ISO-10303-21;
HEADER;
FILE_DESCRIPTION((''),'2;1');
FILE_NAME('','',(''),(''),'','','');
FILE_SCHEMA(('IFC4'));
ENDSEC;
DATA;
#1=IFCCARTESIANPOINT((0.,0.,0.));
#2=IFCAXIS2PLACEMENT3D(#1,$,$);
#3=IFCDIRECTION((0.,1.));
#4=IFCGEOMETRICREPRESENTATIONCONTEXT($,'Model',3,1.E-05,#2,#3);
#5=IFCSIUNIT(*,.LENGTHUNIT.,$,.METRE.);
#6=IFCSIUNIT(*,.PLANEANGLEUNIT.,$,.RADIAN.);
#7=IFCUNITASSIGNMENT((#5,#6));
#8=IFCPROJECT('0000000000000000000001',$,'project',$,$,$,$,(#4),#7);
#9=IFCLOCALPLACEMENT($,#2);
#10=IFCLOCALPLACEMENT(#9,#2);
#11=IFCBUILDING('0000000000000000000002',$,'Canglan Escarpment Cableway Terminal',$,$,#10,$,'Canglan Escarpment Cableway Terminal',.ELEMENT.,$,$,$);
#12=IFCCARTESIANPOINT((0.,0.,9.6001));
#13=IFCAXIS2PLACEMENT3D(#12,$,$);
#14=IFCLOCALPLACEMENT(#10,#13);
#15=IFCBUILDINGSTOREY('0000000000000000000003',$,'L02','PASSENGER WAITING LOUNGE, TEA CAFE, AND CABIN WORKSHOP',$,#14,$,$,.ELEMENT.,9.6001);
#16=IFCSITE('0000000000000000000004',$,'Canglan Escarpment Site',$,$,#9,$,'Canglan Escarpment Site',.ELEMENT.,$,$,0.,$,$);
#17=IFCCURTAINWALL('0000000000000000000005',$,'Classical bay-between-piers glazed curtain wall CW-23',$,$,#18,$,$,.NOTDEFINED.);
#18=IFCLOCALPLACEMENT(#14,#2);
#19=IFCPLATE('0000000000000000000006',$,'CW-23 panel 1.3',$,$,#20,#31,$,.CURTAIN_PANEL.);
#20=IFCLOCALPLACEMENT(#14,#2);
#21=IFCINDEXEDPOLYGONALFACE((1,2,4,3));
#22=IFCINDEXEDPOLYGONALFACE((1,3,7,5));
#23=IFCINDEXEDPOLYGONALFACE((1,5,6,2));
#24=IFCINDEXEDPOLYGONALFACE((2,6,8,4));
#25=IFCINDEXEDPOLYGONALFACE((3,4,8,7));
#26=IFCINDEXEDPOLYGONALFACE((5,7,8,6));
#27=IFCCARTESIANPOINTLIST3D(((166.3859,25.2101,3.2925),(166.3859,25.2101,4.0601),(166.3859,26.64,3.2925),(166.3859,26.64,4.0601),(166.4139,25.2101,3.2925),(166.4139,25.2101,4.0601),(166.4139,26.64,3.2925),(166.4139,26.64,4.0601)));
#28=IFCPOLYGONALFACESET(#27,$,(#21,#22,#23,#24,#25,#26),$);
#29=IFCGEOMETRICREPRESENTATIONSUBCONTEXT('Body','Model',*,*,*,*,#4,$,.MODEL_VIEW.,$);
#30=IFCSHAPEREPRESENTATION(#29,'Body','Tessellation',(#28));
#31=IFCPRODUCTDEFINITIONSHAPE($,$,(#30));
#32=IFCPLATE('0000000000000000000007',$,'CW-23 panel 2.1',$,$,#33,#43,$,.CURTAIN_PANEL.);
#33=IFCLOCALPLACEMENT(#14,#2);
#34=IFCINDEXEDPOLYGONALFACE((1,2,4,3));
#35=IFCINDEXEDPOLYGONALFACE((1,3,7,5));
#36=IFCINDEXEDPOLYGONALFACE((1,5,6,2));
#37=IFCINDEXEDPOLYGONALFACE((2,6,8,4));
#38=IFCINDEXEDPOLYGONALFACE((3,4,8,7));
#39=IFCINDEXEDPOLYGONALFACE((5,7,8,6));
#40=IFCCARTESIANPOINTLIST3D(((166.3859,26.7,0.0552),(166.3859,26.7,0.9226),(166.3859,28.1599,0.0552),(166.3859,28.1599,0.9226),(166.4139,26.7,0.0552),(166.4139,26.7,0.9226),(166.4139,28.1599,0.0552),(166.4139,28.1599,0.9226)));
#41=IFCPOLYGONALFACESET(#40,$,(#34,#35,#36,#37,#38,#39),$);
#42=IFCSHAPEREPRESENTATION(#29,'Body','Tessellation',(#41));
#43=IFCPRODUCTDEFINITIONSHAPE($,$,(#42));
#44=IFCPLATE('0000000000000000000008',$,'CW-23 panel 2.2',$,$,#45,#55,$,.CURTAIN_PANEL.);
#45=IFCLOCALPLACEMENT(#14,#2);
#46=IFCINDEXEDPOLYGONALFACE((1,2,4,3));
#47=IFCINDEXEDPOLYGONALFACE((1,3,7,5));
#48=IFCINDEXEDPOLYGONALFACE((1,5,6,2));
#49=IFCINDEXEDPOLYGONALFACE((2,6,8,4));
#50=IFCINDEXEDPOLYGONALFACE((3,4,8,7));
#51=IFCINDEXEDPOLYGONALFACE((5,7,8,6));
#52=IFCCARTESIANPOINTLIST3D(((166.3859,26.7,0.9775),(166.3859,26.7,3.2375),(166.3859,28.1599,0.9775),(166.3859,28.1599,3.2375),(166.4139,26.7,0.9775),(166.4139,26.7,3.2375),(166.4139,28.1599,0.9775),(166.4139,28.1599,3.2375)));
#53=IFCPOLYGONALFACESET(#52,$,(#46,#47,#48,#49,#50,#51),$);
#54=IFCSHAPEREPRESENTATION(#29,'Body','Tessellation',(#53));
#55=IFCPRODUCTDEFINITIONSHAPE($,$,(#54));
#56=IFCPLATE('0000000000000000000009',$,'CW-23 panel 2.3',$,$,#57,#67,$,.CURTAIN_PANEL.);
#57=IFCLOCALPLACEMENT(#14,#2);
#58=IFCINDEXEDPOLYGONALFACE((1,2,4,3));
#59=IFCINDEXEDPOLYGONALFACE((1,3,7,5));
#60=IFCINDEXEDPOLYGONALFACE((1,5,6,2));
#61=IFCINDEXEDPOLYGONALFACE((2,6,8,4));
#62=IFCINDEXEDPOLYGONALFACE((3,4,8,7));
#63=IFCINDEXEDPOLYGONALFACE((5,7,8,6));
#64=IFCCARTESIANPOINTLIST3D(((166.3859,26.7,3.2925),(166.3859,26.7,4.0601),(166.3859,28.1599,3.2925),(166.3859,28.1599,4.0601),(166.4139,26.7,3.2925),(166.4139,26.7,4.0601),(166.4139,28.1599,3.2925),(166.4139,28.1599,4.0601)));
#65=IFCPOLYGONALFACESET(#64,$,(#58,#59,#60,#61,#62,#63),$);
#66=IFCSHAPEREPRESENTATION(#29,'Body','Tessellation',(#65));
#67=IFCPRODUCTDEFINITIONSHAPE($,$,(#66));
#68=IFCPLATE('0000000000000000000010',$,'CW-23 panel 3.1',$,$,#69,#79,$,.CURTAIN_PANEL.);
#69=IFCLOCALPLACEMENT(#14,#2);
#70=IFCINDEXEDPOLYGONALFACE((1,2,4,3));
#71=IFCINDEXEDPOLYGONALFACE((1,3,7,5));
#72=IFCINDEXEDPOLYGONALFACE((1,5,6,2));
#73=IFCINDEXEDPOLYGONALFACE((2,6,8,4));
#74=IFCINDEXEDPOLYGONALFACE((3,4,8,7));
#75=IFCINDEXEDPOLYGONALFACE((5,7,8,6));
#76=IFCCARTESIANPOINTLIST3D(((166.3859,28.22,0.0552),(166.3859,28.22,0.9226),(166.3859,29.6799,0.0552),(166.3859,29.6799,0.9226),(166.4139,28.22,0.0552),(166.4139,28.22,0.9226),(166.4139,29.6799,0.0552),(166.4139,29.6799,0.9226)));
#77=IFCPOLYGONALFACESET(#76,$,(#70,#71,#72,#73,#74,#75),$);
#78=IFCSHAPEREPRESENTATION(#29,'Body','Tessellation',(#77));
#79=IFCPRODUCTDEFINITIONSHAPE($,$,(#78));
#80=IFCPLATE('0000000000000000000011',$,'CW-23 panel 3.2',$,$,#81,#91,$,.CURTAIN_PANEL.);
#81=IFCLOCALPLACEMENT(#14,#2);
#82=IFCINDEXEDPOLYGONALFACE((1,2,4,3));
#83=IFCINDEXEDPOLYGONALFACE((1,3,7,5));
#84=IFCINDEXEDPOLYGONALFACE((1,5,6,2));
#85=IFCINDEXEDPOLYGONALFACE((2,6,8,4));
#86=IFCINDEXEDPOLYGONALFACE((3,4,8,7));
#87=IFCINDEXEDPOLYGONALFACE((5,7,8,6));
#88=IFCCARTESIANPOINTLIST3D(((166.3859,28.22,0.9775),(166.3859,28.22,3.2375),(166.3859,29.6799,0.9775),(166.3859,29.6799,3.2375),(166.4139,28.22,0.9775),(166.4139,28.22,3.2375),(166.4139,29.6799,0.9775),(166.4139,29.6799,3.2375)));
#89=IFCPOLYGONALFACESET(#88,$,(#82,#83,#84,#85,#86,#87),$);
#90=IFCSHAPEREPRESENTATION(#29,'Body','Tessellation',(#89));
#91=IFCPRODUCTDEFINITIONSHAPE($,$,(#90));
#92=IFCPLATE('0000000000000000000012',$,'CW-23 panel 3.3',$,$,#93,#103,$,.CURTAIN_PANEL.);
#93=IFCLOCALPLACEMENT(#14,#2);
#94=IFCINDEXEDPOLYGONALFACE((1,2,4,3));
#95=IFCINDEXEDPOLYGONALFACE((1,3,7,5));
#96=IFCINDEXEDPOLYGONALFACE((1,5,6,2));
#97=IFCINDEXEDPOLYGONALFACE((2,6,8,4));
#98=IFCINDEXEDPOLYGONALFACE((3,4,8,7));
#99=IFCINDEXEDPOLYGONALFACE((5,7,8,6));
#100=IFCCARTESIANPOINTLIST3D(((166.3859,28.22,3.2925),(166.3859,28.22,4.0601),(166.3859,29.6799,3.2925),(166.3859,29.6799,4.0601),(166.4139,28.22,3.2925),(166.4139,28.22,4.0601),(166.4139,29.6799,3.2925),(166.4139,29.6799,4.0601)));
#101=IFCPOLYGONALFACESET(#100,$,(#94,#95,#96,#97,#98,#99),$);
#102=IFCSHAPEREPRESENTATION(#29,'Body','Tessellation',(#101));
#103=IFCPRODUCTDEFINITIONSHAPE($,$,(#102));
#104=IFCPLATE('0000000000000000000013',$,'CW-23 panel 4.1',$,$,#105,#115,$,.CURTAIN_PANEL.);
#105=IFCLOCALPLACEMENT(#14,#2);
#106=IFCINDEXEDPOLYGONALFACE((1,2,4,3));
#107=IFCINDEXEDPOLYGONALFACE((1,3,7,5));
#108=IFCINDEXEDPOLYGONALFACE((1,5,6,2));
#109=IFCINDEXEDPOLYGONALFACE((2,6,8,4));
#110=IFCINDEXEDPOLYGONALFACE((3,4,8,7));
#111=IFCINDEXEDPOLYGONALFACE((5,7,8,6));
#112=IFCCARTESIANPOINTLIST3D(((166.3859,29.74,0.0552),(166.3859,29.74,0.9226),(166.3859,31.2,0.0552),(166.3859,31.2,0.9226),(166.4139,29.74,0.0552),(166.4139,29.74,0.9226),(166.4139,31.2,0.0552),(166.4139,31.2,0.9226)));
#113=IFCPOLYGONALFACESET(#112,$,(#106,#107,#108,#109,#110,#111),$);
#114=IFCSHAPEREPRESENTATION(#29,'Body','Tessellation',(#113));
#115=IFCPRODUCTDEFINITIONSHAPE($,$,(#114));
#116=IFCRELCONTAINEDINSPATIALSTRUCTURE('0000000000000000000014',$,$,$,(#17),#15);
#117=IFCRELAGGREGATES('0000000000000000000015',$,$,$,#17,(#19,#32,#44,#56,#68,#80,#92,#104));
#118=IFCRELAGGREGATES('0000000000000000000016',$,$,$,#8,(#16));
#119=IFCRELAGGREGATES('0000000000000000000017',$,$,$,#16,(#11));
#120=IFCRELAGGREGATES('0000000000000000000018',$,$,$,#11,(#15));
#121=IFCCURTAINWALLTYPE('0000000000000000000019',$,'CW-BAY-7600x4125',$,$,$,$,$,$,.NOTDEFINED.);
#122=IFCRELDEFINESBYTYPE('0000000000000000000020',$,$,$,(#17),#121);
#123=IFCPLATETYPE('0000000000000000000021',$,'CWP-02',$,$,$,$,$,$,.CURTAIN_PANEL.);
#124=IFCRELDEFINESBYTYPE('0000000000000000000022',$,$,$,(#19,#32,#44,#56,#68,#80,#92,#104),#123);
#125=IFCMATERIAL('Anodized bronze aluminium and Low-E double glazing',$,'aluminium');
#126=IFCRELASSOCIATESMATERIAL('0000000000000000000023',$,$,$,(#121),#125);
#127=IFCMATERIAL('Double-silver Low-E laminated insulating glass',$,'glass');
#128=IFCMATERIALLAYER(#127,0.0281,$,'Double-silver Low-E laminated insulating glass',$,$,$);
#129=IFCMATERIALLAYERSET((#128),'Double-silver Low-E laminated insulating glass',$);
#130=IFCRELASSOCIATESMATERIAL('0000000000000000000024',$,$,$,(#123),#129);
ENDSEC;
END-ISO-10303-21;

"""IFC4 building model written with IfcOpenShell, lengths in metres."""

from ifc_helpers import new_model, si_unit, direction, frame, origin, origin_2d, place, context, subcontext, project, spatial, rectangle, extrude, material, layer, layer_set, type_object, element, aggregate, save


model = new_model("IFC4")

# Units and contexts
model_context = context("Model", 3, precision=1e-05, world=origin(), true_north=direction((0.0, 1.0)))
body_context = subcontext(model_context, "Body", "Model", "MODEL_VIEW")
ifc_project = project(units=[si_unit("LENGTHUNIT", "METRE"), si_unit("PLANEANGLEUNIT", "RADIAN")], contexts=[model_context])

# Site, building, storey
site_placement = place(None, origin())
site = spatial("IfcSite", under=ifc_project, at=site_placement, Name="Canglan Escarpment Site", LongName="Canglan Escarpment Site", CompositionType="ELEMENT", RefElevation=0.0)
building_placement = place(site_placement, origin())
building = spatial("IfcBuilding", under=site, at=building_placement, Name="Canglan Escarpment Cableway Terminal", LongName="Canglan Escarpment Cableway Terminal", CompositionType="ELEMENT")
storey_placement = place(building_placement, frame((0.0, 0.0, 9.6001)))
storey = spatial("IfcBuildingStorey", under=building, at=storey_placement, Name="L02", Description="PASSENGER WAITING LOUNGE, TEA CAFE, AND CABIN WORKSHOP", CompositionType="ELEMENT", Elevation=9.6001)

# Curtain wall
ifc_material_1 = material(Name="Anodized bronze aluminium and Low-E double glazing", Category="aluminium")
curtain_wall_type = type_object("IfcCurtainWallType", Name="CW-BAY-7600x4125", PredefinedType="NOTDEFINED", material=ifc_material_1)
curtain_wall_placement = place(storey_placement, origin())
curtain_wall = element("IfcCurtainWall", 1, at=curtain_wall_placement, inside=storey, type_object=curtain_wall_type, Name="Classical bay-between-piers glazed curtain wall CW-23", PredefinedType="NOTDEFINED")

# Plates
ifc_material_2 = material(Name="Double-silver Low-E laminated insulating glass", Category="glass")
ifc_layer = layer(ifc_material_2, 0.0281, Name="Double-silver Low-E laminated insulating glass")
ifc_layer_set = layer_set([ifc_layer], Name="Double-silver Low-E laminated insulating glass")
plate_type = type_object("IfcPlateType", Name="CWP-02", PredefinedType="CURTAIN_PANEL", material=ifc_layer_set)
plate_1_placement = place(storey_placement, frame((166.3999, 25.925, 3.2925), z_axis=(0.0, 0.0, 1.0), x_axis=(0.0, 1.0, 0.0)))
plate_1 = element("IfcPlate", 2, at=plate_1_placement, type_object=plate_type, Name="CW-23 panel 1.3", PredefinedType="CURTAIN_PANEL", context=body_context, shape_type="SweptSolid", body=[
    extrude(rectangle(XDim=1.4299, YDim=0.0281, at=origin_2d()), origin(), (0.0, 0.0, 1.0), 0.7676),
])
plate_2_placement = place(storey_placement, frame((166.3999, 27.4299, 0.0552), z_axis=(0.0, 0.0, 1.0), x_axis=(0.0, 1.0, 0.0)))
plate_2 = element("IfcPlate", 3, at=plate_2_placement, type_object=plate_type, Name="CW-23 panel 2.1", PredefinedType="CURTAIN_PANEL", context=body_context, shape_type="SweptSolid", body=[
    extrude(rectangle(XDim=1.46, YDim=0.0281, at=origin_2d()), origin(), (0.0, 0.0, 1.0), 0.8674),
])
plate_3_placement = place(storey_placement, frame((166.3999, 27.4299, 0.9775), z_axis=(0.0, 0.0, 1.0), x_axis=(0.0, 1.0, 0.0)))
plate_3 = element("IfcPlate", 4, at=plate_3_placement, type_object=plate_type, Name="CW-23 panel 2.2", PredefinedType="CURTAIN_PANEL", context=body_context, shape_type="SweptSolid", body=[
    extrude(rectangle(XDim=1.46, YDim=0.0281, at=origin_2d()), origin(), (0.0, 0.0, 1.0), 2.26),
])
plate_4_placement = place(storey_placement, frame((166.3999, 27.4299, 3.2925), z_axis=(0.0, 0.0, 1.0), x_axis=(0.0, 1.0, 0.0)))
plate_4 = element("IfcPlate", 5, at=plate_4_placement, type_object=plate_type, Name="CW-23 panel 2.3", PredefinedType="CURTAIN_PANEL", context=body_context, shape_type="SweptSolid", body=[
    extrude(rectangle(XDim=1.46, YDim=0.0281, at=origin_2d()), origin(), (0.0, 0.0, 1.0), 0.7676),
])
plate_5_placement = place(storey_placement, frame((166.3999, 28.95, 0.0552), z_axis=(0.0, 0.0, 1.0), x_axis=(0.0, 1.0, 0.0)))
plate_5 = element("IfcPlate", 6, at=plate_5_placement, type_object=plate_type, Name="CW-23 panel 3.1", PredefinedType="CURTAIN_PANEL", context=body_context, shape_type="SweptSolid", body=[
    extrude(rectangle(XDim=1.46, YDim=0.0281, at=origin_2d()), origin(), (0.0, 0.0, 1.0), 0.8674),
])
plate_6_placement = place(storey_placement, frame((166.3999, 28.95, 0.9775), z_axis=(0.0, 0.0, 1.0), x_axis=(0.0, 1.0, 0.0)))
plate_6 = element("IfcPlate", 7, at=plate_6_placement, type_object=plate_type, Name="CW-23 panel 3.2", PredefinedType="CURTAIN_PANEL", context=body_context, shape_type="SweptSolid", body=[
    extrude(rectangle(XDim=1.46, YDim=0.0281, at=origin_2d()), origin(), (0.0, 0.0, 1.0), 2.26),
])
plate_7_placement = place(storey_placement, frame((166.3999, 28.95, 3.2925), z_axis=(0.0, 0.0, 1.0), x_axis=(0.0, 1.0, 0.0)))
plate_7 = element("IfcPlate", 8, at=plate_7_placement, type_object=plate_type, Name="CW-23 panel 3.3", PredefinedType="CURTAIN_PANEL", context=body_context, shape_type="SweptSolid", body=[
    extrude(rectangle(XDim=1.46, YDim=0.0281, at=origin_2d()), origin(), (0.0, 0.0, 1.0), 0.7676),
])
plate_8_placement = place(storey_placement, frame((166.3999, 30.47, 0.0552), z_axis=(0.0, 0.0, 1.0), x_axis=(0.0, 1.0, 0.0)))
plate_8 = element("IfcPlate", 9, at=plate_8_placement, type_object=plate_type, Name="CW-23 panel 4.1", PredefinedType="CURTAIN_PANEL", context=body_context, shape_type="SweptSolid", body=[
    extrude(rectangle(XDim=1.46, YDim=0.0281, at=origin_2d()), origin(), (0.0, 0.0, 1.0), 0.8674),
])
aggregate(curtain_wall, [plate_1, plate_2, plate_3, plate_4, plate_5, plate_6, plate_7, plate_8])

save(model, "model.ifc")
